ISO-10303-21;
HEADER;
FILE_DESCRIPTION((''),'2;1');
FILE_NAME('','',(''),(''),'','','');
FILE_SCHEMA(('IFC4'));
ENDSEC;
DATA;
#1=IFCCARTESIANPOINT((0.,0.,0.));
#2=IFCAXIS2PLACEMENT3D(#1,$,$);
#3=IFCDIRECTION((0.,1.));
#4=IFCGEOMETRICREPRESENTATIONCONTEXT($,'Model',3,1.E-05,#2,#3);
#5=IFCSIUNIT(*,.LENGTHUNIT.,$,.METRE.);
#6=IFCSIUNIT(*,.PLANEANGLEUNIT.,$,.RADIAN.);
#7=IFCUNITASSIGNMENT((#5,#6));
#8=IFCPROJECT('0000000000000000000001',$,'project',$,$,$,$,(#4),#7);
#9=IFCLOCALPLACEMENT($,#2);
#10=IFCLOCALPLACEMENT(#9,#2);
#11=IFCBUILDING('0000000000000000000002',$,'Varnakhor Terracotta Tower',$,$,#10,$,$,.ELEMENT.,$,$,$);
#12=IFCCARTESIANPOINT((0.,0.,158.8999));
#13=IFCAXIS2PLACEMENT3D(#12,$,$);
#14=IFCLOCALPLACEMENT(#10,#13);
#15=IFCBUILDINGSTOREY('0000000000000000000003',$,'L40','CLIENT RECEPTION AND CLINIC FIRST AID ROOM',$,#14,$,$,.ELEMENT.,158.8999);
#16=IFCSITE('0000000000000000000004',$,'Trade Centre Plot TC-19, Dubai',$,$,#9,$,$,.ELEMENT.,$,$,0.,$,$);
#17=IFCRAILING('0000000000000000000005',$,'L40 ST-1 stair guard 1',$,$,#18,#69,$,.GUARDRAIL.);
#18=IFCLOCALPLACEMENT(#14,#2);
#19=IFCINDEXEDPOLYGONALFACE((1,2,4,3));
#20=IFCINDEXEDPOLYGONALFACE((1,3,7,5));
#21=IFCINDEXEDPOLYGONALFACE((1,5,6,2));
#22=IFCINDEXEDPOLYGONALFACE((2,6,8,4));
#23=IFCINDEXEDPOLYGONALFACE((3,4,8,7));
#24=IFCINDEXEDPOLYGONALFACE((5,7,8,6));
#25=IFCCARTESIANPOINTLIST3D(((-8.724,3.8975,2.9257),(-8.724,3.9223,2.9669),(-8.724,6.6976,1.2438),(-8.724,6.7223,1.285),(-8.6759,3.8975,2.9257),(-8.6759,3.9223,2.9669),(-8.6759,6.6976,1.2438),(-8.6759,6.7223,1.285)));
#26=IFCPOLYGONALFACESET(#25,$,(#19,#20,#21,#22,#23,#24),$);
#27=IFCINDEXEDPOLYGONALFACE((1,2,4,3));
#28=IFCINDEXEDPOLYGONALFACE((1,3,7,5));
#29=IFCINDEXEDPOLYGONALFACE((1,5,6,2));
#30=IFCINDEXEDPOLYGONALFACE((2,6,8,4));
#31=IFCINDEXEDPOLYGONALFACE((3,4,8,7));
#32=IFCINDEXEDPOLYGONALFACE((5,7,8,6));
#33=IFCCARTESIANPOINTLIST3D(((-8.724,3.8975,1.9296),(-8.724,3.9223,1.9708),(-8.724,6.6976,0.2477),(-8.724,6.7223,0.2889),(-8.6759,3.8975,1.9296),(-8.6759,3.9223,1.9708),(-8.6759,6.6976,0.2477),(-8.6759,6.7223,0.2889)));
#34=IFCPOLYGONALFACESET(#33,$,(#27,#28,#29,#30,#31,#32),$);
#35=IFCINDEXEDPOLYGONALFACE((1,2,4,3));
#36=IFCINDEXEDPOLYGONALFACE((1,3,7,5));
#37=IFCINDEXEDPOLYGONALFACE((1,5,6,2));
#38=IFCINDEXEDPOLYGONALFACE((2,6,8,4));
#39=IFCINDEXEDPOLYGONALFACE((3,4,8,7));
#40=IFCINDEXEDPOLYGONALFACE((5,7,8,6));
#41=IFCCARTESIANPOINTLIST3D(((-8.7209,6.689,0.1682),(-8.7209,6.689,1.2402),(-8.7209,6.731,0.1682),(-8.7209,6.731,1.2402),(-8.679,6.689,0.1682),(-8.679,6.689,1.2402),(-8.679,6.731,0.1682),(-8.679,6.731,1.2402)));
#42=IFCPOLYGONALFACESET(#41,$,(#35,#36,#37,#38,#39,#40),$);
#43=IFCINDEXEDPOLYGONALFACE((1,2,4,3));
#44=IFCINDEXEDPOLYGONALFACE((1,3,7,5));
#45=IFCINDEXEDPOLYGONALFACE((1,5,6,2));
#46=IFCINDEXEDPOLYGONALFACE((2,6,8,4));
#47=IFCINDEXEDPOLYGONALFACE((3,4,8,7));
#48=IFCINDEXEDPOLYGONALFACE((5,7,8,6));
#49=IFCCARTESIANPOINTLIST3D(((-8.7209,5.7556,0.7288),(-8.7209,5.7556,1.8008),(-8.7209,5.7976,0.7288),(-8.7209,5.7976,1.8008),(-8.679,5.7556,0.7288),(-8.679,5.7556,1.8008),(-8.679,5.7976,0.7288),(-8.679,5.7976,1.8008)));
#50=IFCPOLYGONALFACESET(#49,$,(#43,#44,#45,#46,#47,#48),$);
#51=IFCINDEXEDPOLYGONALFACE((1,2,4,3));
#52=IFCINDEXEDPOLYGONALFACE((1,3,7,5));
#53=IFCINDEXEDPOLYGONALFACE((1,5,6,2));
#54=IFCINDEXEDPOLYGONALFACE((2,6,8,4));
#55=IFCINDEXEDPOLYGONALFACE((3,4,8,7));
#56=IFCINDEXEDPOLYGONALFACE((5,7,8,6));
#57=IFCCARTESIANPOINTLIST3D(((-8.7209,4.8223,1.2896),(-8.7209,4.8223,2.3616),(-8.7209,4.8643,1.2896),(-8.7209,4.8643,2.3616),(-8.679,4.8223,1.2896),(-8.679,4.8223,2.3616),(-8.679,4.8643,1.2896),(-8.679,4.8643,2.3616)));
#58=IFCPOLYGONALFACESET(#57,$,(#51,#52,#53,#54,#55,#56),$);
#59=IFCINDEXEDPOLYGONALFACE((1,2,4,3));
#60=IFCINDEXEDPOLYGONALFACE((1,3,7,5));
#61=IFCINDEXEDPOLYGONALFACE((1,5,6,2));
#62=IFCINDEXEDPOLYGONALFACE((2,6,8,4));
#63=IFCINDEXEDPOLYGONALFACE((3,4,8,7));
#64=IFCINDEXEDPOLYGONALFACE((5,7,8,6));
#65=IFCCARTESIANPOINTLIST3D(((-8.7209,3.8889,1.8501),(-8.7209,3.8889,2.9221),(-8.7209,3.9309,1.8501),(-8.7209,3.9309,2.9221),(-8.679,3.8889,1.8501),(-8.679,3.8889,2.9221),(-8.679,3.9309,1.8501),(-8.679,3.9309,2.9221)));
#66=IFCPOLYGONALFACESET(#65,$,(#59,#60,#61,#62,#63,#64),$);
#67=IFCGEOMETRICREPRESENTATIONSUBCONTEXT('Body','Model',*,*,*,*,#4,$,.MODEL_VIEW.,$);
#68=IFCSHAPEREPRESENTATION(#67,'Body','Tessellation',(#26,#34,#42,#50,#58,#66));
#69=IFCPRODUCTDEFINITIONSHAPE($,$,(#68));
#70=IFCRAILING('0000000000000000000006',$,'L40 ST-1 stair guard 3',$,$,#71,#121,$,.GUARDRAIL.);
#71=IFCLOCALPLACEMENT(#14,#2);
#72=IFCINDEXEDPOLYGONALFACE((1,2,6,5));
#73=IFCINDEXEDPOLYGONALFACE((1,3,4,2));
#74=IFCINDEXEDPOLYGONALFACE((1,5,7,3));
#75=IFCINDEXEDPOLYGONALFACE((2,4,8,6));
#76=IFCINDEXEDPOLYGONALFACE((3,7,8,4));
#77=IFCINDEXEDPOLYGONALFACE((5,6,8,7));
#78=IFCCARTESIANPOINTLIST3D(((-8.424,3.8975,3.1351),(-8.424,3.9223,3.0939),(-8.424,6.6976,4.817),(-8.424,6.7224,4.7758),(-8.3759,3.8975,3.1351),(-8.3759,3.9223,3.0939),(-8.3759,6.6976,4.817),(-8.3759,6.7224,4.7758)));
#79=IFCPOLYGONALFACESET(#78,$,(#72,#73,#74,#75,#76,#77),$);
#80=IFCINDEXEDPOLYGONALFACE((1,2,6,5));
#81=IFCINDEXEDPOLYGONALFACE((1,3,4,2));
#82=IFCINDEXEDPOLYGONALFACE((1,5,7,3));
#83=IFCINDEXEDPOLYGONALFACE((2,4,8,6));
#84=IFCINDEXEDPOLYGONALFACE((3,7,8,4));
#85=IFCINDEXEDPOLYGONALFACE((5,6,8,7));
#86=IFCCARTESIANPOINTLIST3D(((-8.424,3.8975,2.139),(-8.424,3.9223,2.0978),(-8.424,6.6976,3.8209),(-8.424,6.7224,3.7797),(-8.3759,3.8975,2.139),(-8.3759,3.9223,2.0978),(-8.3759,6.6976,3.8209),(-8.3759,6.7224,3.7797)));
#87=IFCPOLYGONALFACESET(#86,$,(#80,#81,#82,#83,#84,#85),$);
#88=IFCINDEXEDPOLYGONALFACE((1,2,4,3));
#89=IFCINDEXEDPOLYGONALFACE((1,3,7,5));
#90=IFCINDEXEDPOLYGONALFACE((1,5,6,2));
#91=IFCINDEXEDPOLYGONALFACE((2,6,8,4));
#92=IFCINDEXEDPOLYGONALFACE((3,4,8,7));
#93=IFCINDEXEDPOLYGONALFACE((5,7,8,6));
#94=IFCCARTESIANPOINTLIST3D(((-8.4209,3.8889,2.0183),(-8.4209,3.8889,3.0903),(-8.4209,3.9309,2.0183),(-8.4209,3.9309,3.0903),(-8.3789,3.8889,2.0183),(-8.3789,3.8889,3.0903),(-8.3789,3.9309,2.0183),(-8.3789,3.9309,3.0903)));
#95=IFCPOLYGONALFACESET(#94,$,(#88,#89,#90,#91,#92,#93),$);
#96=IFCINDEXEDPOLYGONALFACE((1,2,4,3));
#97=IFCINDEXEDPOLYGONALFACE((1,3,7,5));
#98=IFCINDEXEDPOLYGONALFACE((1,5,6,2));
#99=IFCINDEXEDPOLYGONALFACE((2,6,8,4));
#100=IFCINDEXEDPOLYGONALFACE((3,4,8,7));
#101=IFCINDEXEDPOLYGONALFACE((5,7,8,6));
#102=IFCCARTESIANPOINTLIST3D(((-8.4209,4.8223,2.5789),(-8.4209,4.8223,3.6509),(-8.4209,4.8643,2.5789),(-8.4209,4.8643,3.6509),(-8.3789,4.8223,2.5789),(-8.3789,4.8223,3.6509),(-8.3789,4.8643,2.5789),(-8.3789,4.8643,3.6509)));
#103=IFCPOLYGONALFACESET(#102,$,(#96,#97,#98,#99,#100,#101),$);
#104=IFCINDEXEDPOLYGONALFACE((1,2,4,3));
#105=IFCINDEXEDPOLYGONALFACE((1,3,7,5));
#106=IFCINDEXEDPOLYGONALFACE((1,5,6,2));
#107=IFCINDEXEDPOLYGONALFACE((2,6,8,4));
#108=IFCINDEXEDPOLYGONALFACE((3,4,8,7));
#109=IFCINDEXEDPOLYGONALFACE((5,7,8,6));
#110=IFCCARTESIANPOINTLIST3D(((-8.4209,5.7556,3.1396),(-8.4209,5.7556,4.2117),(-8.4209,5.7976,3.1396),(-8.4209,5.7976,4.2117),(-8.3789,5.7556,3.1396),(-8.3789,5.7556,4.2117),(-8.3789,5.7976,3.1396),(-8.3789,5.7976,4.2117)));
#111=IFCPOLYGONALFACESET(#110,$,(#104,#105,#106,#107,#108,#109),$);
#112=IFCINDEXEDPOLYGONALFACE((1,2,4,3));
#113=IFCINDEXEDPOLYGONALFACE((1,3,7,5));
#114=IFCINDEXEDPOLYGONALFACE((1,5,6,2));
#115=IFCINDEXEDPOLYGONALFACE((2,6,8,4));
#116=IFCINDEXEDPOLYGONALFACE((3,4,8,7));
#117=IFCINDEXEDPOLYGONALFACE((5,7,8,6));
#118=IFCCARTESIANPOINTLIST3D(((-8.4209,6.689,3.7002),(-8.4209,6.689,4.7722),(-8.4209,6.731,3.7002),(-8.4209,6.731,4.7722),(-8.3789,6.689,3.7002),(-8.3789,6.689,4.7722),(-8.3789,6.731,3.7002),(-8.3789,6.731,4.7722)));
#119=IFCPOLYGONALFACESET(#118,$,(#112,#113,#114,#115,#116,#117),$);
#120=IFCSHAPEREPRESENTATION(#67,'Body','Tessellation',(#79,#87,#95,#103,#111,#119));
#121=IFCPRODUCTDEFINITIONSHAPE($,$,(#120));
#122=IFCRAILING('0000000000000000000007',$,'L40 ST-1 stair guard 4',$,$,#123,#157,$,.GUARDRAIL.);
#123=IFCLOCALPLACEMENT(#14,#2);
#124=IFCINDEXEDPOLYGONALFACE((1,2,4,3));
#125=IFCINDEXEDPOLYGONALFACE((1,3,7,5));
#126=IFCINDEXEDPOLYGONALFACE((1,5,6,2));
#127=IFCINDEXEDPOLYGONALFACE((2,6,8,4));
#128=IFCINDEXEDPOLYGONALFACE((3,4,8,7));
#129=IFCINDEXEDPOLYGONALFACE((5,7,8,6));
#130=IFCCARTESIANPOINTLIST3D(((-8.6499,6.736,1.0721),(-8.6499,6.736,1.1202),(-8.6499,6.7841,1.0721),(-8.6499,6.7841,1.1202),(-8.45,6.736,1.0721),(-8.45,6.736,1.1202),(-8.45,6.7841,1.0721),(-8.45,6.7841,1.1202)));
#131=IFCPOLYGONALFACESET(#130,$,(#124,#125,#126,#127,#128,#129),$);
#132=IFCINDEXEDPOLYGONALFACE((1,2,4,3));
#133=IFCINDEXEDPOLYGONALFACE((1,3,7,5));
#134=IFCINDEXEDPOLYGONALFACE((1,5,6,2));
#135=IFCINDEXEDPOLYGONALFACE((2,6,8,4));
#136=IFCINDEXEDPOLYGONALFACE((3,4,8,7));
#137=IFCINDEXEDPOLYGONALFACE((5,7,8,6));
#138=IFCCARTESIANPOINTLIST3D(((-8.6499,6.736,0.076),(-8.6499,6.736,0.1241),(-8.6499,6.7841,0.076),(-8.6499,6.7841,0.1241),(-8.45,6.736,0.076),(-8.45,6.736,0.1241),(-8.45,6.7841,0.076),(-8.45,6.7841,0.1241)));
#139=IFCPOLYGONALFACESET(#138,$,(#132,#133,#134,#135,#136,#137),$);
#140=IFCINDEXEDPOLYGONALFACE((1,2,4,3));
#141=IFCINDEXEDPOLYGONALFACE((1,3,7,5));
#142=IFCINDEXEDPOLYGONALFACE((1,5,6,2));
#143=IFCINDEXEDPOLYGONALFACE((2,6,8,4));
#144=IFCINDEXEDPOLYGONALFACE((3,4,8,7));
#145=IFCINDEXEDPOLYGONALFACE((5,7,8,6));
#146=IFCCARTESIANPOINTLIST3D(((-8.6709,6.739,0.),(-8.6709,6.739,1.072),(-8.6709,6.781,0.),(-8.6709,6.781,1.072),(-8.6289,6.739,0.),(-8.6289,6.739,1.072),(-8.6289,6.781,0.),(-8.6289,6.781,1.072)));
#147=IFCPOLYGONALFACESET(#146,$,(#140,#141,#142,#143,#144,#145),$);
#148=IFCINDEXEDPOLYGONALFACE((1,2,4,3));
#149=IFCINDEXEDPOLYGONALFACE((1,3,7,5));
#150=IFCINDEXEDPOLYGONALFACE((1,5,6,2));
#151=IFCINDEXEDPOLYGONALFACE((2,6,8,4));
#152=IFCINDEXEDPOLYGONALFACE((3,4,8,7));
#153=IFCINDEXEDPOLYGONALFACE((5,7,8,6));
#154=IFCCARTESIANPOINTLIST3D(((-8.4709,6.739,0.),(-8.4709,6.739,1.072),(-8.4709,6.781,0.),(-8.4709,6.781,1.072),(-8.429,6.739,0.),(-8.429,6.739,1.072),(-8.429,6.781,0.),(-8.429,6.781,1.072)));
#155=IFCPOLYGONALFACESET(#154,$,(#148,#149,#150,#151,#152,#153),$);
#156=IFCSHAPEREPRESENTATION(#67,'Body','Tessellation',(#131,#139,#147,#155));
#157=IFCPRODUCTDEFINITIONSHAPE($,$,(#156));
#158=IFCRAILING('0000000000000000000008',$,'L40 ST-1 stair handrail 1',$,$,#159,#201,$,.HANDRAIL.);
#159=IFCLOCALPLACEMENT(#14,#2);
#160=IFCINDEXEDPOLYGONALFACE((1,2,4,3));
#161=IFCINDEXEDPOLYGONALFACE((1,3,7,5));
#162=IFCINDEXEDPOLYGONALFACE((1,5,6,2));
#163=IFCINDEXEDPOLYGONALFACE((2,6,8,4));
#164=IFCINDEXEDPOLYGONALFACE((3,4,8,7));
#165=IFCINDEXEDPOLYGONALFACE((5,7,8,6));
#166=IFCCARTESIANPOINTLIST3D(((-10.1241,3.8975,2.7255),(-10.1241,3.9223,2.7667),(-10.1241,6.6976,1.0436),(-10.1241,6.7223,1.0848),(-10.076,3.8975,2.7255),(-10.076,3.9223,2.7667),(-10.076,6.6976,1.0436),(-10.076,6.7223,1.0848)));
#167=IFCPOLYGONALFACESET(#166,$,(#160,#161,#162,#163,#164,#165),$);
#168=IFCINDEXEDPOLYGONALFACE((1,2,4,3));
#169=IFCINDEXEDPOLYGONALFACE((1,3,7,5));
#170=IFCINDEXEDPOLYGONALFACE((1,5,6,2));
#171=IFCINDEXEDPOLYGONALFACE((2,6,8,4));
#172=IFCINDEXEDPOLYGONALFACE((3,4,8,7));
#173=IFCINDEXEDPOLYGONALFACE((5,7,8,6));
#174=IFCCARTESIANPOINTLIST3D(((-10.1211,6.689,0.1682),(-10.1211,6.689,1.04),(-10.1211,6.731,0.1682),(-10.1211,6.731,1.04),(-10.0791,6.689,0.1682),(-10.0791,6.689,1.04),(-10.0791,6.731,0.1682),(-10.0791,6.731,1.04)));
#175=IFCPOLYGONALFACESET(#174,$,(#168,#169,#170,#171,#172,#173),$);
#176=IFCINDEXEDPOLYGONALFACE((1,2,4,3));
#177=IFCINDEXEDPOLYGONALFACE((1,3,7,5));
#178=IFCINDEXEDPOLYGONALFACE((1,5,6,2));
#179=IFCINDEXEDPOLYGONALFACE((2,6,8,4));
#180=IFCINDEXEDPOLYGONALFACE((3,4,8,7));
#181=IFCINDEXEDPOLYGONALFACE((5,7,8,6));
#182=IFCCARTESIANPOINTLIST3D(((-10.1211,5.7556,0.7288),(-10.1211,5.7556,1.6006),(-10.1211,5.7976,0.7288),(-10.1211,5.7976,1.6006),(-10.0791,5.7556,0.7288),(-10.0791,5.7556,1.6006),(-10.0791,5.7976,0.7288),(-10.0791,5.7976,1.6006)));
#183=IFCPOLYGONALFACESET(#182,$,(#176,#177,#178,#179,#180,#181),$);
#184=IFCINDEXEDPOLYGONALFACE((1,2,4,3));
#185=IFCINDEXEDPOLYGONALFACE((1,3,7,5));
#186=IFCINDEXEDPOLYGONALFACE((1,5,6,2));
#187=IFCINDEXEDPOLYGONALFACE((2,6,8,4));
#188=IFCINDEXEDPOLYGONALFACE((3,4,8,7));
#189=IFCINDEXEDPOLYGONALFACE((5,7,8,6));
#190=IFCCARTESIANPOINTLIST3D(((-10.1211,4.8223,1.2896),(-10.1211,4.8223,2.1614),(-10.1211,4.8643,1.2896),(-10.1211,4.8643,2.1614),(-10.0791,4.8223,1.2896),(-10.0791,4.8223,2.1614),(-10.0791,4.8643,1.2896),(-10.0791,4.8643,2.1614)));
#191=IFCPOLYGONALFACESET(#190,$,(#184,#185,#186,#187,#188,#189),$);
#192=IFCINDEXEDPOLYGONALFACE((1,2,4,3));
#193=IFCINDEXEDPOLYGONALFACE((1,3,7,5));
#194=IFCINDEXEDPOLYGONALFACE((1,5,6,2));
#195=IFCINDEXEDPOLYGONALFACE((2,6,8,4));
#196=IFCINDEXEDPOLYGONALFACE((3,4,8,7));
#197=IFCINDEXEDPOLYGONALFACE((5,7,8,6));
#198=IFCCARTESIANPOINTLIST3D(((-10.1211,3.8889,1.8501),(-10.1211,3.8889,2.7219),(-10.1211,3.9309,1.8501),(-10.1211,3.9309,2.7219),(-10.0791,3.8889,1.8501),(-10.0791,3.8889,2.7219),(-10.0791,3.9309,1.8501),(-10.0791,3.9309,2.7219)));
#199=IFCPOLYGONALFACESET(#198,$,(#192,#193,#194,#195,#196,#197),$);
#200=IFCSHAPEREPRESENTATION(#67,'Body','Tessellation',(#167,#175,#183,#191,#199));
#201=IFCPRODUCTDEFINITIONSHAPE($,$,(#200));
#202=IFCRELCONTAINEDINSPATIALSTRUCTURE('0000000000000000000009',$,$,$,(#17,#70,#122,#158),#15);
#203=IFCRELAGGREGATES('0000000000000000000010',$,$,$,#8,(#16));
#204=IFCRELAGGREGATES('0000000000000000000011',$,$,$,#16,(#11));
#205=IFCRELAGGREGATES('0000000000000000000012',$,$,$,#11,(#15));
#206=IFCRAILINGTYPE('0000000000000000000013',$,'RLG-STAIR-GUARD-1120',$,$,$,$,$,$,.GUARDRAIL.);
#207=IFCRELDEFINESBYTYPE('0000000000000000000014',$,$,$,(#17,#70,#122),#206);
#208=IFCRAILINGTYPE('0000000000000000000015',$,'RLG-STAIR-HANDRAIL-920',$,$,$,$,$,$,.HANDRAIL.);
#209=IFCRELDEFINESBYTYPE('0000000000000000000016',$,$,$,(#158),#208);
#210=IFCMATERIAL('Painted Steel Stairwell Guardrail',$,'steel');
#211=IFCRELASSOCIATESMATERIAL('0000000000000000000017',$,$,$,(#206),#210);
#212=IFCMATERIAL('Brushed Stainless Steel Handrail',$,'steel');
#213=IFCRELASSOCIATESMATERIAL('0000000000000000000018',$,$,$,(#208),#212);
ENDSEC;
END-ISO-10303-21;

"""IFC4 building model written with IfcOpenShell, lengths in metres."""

from ifc_helpers import new_model, si_unit, direction, frame, origin, origin_2d, place, context, subcontext, project, spatial, rectangle, extrude, material, type_object, element, save


model = new_model("IFC4")

# Units and contexts
model_context = context("Model", 3, precision=1e-05, world=origin(), true_north=direction((0.0, 1.0)))
body_context = subcontext(model_context, "Body", "Model", "MODEL_VIEW")
ifc_project = project(units=[si_unit("LENGTHUNIT", "METRE"), si_unit("PLANEANGLEUNIT", "RADIAN")], contexts=[model_context])

# Site, building, storey
site_placement = place(None, origin())
site = spatial("IfcSite", under=ifc_project, at=site_placement, Name="Trade Centre Plot TC-19, Dubai", CompositionType="ELEMENT", RefElevation=0.0)
building_placement = place(site_placement, origin())
building = spatial("IfcBuilding", under=site, at=building_placement, Name="Varnakhor Terracotta Tower", CompositionType="ELEMENT")
storey_placement = place(building_placement, frame((0.0, 0.0, 158.8999)))
storey = spatial("IfcBuildingStorey", under=building, at=storey_placement, Name="L40", Description="CLIENT RECEPTION AND CLINIC FIRST AID ROOM", CompositionType="ELEMENT", Elevation=158.8999)

# Railings
ifc_material_1 = material(Name="Painted Steel Stairwell Guardrail", Category="steel")
railing_type_1 = type_object("IfcRailingType", Name="RLG-STAIR-GUARD-1120", PredefinedType="GUARDRAIL", material=ifc_material_1)
railing_1_placement = place(storey_placement, frame((-8.7, 6.71, 0.1682)))
element("IfcRailing", 1, at=railing_1_placement, inside=storey, type_object=railing_type_1, Name="L40 ST-1 stair guard 1", PredefinedType="GUARDRAIL", context=body_context, shape_type="SweptSolid", body=[
    extrude(rectangle(XDim=0.0481, YDim=0.0481, at=origin_2d()), frame((0.0, 0.0, 1.0962), z_axis=(0.0, -0.857242, 0.514913), x_axis=(1.0, 0.0, 0.0)), (0.0, 0.0, 1.0), 3.2664),
    extrude(rectangle(XDim=0.0481, YDim=0.0481, at=origin_2d()), frame((0.0, 0.0, 0.1001), z_axis=(0.0, -0.857242, 0.514913), x_axis=(1.0, 0.0, 0.0)), (0.0, 0.0, 1.0), 3.2664),
    extrude(rectangle(XDim=0.042, YDim=0.042, at=origin_2d()), origin(), (0.0, 0.0, 1.0), 1.072),
    extrude(rectangle(XDim=0.042, YDim=0.042, at=origin_2d()), frame((0.0, -0.9333, 0.5605)), (0.0, 0.0, 1.0), 1.072),
    extrude(rectangle(XDim=0.042, YDim=0.042, at=origin_2d()), frame((0.0, -1.8667, 1.1213)), (0.0, 0.0, 1.0), 1.072),
    extrude(rectangle(XDim=0.042, YDim=0.042, at=origin_2d()), frame((0.0, -2.8, 1.6819)), (0.0, 0.0, 1.0), 1.072),
])
railing_2_placement = place(storey_placement, frame((-8.3999, 3.9099, 2.0183)))
element("IfcRailing", 2, at=railing_2_placement, inside=storey, type_object=railing_type_1, Name="L40 ST-1 stair guard 3", PredefinedType="GUARDRAIL", context=body_context, shape_type="SweptSolid", body=[
    extrude(rectangle(XDim=0.0481, YDim=0.0481, at=origin_2d()), frame((0.0, 0.0, 1.0962), z_axis=(0.0, 0.857242, 0.514913), x_axis=(-1.0, 0.0, 0.0)), (0.0, 0.0, 1.0), 3.2664),
    extrude(rectangle(XDim=0.0481, YDim=0.0481, at=origin_2d()), frame((0.0, 0.0, 0.1001), z_axis=(0.0, 0.857242, 0.514913), x_axis=(-1.0, 0.0, 0.0)), (0.0, 0.0, 1.0), 3.2664),
    extrude(rectangle(XDim=0.042, YDim=0.042, at=origin_2d()), origin(), (0.0, 0.0, 1.0), 1.072),
    extrude(rectangle(XDim=0.042, YDim=0.042, at=origin_2d()), frame((0.0, 0.9333, 0.5605)), (0.0, 0.0, 1.0), 1.072),
    extrude(rectangle(XDim=0.042, YDim=0.042, at=origin_2d()), frame((0.0, 1.8667, 1.1213)), (0.0, 0.0, 1.0), 1.072),
    extrude(rectangle(XDim=0.042, YDim=0.042, at=origin_2d()), frame((0.0, 2.8, 1.6819)), (0.0, 0.0, 1.0), 1.072),
])
railing_3_placement = place(storey_placement, frame((-8.6499, 6.76, 0.0)))
element("IfcRailing", 3, at=railing_3_placement, inside=storey, type_object=railing_type_1, Name="L40 ST-1 stair guard 4", PredefinedType="GUARDRAIL", context=body_context, shape_type="SweptSolid", body=[
    extrude(rectangle(XDim=0.0481, YDim=0.0481, at=origin_2d()), frame((0.0, 0.0, 1.0962), z_axis=(1.0, 0.0, 0.0), x_axis=(0.0, 1.0, 0.0)), (0.0, 0.0, 1.0), 0.2),
    extrude(rectangle(XDim=0.0481, YDim=0.0481, at=origin_2d()), frame((0.0, 0.0, 0.1001), z_axis=(1.0, 0.0, 0.0), x_axis=(0.0, 1.0, 0.0)), (0.0, 0.0, 1.0), 0.2),
    extrude(rectangle(XDim=0.042, YDim=0.042, at=origin_2d()), origin(), (0.0, 0.0, 1.0), 1.072),
    extrude(rectangle(XDim=0.042, YDim=0.042, at=origin_2d()), frame((0.2, 0.0, 0.0)), (0.0, 0.0, 1.0), 1.072),
])
ifc_material_2 = material(Name="Brushed Stainless Steel Handrail", Category="steel")
railing_type_2 = type_object("IfcRailingType", Name="RLG-STAIR-HANDRAIL-920", PredefinedType="HANDRAIL", material=ifc_material_2)
railing_4_placement = place(storey_placement, frame((-10.1001, 6.71, 0.1682)))
element("IfcRailing", 4, at=railing_4_placement, inside=storey, type_object=railing_type_2, Name="L40 ST-1 stair handrail 1", PredefinedType="HANDRAIL", context=body_context, shape_type="SweptSolid", body=[
    extrude(rectangle(XDim=0.0481, YDim=0.0481, at=origin_2d()), frame((0.0, 0.0, 0.896), z_axis=(0.0, -0.857242, 0.514913), x_axis=(1.0, 0.0, 0.0)), (0.0, 0.0, 1.0), 3.2664),
    extrude(rectangle(XDim=0.042, YDim=0.042, at=origin_2d()), origin(), (0.0, 0.0, 1.0), 0.8718),
    extrude(rectangle(XDim=0.042, YDim=0.042, at=origin_2d()), frame((0.0, -0.9333, 0.5605)), (0.0, 0.0, 1.0), 0.8718),
    extrude(rectangle(XDim=0.042, YDim=0.042, at=origin_2d()), frame((0.0, -1.8667, 1.1213)), (0.0, 0.0, 1.0), 0.8718),
    extrude(rectangle(XDim=0.042, YDim=0.042, at=origin_2d()), frame((0.0, -2.8, 1.6819)), (0.0, 0.0, 1.0), 0.8718),
])

save(model, "model.ifc")
